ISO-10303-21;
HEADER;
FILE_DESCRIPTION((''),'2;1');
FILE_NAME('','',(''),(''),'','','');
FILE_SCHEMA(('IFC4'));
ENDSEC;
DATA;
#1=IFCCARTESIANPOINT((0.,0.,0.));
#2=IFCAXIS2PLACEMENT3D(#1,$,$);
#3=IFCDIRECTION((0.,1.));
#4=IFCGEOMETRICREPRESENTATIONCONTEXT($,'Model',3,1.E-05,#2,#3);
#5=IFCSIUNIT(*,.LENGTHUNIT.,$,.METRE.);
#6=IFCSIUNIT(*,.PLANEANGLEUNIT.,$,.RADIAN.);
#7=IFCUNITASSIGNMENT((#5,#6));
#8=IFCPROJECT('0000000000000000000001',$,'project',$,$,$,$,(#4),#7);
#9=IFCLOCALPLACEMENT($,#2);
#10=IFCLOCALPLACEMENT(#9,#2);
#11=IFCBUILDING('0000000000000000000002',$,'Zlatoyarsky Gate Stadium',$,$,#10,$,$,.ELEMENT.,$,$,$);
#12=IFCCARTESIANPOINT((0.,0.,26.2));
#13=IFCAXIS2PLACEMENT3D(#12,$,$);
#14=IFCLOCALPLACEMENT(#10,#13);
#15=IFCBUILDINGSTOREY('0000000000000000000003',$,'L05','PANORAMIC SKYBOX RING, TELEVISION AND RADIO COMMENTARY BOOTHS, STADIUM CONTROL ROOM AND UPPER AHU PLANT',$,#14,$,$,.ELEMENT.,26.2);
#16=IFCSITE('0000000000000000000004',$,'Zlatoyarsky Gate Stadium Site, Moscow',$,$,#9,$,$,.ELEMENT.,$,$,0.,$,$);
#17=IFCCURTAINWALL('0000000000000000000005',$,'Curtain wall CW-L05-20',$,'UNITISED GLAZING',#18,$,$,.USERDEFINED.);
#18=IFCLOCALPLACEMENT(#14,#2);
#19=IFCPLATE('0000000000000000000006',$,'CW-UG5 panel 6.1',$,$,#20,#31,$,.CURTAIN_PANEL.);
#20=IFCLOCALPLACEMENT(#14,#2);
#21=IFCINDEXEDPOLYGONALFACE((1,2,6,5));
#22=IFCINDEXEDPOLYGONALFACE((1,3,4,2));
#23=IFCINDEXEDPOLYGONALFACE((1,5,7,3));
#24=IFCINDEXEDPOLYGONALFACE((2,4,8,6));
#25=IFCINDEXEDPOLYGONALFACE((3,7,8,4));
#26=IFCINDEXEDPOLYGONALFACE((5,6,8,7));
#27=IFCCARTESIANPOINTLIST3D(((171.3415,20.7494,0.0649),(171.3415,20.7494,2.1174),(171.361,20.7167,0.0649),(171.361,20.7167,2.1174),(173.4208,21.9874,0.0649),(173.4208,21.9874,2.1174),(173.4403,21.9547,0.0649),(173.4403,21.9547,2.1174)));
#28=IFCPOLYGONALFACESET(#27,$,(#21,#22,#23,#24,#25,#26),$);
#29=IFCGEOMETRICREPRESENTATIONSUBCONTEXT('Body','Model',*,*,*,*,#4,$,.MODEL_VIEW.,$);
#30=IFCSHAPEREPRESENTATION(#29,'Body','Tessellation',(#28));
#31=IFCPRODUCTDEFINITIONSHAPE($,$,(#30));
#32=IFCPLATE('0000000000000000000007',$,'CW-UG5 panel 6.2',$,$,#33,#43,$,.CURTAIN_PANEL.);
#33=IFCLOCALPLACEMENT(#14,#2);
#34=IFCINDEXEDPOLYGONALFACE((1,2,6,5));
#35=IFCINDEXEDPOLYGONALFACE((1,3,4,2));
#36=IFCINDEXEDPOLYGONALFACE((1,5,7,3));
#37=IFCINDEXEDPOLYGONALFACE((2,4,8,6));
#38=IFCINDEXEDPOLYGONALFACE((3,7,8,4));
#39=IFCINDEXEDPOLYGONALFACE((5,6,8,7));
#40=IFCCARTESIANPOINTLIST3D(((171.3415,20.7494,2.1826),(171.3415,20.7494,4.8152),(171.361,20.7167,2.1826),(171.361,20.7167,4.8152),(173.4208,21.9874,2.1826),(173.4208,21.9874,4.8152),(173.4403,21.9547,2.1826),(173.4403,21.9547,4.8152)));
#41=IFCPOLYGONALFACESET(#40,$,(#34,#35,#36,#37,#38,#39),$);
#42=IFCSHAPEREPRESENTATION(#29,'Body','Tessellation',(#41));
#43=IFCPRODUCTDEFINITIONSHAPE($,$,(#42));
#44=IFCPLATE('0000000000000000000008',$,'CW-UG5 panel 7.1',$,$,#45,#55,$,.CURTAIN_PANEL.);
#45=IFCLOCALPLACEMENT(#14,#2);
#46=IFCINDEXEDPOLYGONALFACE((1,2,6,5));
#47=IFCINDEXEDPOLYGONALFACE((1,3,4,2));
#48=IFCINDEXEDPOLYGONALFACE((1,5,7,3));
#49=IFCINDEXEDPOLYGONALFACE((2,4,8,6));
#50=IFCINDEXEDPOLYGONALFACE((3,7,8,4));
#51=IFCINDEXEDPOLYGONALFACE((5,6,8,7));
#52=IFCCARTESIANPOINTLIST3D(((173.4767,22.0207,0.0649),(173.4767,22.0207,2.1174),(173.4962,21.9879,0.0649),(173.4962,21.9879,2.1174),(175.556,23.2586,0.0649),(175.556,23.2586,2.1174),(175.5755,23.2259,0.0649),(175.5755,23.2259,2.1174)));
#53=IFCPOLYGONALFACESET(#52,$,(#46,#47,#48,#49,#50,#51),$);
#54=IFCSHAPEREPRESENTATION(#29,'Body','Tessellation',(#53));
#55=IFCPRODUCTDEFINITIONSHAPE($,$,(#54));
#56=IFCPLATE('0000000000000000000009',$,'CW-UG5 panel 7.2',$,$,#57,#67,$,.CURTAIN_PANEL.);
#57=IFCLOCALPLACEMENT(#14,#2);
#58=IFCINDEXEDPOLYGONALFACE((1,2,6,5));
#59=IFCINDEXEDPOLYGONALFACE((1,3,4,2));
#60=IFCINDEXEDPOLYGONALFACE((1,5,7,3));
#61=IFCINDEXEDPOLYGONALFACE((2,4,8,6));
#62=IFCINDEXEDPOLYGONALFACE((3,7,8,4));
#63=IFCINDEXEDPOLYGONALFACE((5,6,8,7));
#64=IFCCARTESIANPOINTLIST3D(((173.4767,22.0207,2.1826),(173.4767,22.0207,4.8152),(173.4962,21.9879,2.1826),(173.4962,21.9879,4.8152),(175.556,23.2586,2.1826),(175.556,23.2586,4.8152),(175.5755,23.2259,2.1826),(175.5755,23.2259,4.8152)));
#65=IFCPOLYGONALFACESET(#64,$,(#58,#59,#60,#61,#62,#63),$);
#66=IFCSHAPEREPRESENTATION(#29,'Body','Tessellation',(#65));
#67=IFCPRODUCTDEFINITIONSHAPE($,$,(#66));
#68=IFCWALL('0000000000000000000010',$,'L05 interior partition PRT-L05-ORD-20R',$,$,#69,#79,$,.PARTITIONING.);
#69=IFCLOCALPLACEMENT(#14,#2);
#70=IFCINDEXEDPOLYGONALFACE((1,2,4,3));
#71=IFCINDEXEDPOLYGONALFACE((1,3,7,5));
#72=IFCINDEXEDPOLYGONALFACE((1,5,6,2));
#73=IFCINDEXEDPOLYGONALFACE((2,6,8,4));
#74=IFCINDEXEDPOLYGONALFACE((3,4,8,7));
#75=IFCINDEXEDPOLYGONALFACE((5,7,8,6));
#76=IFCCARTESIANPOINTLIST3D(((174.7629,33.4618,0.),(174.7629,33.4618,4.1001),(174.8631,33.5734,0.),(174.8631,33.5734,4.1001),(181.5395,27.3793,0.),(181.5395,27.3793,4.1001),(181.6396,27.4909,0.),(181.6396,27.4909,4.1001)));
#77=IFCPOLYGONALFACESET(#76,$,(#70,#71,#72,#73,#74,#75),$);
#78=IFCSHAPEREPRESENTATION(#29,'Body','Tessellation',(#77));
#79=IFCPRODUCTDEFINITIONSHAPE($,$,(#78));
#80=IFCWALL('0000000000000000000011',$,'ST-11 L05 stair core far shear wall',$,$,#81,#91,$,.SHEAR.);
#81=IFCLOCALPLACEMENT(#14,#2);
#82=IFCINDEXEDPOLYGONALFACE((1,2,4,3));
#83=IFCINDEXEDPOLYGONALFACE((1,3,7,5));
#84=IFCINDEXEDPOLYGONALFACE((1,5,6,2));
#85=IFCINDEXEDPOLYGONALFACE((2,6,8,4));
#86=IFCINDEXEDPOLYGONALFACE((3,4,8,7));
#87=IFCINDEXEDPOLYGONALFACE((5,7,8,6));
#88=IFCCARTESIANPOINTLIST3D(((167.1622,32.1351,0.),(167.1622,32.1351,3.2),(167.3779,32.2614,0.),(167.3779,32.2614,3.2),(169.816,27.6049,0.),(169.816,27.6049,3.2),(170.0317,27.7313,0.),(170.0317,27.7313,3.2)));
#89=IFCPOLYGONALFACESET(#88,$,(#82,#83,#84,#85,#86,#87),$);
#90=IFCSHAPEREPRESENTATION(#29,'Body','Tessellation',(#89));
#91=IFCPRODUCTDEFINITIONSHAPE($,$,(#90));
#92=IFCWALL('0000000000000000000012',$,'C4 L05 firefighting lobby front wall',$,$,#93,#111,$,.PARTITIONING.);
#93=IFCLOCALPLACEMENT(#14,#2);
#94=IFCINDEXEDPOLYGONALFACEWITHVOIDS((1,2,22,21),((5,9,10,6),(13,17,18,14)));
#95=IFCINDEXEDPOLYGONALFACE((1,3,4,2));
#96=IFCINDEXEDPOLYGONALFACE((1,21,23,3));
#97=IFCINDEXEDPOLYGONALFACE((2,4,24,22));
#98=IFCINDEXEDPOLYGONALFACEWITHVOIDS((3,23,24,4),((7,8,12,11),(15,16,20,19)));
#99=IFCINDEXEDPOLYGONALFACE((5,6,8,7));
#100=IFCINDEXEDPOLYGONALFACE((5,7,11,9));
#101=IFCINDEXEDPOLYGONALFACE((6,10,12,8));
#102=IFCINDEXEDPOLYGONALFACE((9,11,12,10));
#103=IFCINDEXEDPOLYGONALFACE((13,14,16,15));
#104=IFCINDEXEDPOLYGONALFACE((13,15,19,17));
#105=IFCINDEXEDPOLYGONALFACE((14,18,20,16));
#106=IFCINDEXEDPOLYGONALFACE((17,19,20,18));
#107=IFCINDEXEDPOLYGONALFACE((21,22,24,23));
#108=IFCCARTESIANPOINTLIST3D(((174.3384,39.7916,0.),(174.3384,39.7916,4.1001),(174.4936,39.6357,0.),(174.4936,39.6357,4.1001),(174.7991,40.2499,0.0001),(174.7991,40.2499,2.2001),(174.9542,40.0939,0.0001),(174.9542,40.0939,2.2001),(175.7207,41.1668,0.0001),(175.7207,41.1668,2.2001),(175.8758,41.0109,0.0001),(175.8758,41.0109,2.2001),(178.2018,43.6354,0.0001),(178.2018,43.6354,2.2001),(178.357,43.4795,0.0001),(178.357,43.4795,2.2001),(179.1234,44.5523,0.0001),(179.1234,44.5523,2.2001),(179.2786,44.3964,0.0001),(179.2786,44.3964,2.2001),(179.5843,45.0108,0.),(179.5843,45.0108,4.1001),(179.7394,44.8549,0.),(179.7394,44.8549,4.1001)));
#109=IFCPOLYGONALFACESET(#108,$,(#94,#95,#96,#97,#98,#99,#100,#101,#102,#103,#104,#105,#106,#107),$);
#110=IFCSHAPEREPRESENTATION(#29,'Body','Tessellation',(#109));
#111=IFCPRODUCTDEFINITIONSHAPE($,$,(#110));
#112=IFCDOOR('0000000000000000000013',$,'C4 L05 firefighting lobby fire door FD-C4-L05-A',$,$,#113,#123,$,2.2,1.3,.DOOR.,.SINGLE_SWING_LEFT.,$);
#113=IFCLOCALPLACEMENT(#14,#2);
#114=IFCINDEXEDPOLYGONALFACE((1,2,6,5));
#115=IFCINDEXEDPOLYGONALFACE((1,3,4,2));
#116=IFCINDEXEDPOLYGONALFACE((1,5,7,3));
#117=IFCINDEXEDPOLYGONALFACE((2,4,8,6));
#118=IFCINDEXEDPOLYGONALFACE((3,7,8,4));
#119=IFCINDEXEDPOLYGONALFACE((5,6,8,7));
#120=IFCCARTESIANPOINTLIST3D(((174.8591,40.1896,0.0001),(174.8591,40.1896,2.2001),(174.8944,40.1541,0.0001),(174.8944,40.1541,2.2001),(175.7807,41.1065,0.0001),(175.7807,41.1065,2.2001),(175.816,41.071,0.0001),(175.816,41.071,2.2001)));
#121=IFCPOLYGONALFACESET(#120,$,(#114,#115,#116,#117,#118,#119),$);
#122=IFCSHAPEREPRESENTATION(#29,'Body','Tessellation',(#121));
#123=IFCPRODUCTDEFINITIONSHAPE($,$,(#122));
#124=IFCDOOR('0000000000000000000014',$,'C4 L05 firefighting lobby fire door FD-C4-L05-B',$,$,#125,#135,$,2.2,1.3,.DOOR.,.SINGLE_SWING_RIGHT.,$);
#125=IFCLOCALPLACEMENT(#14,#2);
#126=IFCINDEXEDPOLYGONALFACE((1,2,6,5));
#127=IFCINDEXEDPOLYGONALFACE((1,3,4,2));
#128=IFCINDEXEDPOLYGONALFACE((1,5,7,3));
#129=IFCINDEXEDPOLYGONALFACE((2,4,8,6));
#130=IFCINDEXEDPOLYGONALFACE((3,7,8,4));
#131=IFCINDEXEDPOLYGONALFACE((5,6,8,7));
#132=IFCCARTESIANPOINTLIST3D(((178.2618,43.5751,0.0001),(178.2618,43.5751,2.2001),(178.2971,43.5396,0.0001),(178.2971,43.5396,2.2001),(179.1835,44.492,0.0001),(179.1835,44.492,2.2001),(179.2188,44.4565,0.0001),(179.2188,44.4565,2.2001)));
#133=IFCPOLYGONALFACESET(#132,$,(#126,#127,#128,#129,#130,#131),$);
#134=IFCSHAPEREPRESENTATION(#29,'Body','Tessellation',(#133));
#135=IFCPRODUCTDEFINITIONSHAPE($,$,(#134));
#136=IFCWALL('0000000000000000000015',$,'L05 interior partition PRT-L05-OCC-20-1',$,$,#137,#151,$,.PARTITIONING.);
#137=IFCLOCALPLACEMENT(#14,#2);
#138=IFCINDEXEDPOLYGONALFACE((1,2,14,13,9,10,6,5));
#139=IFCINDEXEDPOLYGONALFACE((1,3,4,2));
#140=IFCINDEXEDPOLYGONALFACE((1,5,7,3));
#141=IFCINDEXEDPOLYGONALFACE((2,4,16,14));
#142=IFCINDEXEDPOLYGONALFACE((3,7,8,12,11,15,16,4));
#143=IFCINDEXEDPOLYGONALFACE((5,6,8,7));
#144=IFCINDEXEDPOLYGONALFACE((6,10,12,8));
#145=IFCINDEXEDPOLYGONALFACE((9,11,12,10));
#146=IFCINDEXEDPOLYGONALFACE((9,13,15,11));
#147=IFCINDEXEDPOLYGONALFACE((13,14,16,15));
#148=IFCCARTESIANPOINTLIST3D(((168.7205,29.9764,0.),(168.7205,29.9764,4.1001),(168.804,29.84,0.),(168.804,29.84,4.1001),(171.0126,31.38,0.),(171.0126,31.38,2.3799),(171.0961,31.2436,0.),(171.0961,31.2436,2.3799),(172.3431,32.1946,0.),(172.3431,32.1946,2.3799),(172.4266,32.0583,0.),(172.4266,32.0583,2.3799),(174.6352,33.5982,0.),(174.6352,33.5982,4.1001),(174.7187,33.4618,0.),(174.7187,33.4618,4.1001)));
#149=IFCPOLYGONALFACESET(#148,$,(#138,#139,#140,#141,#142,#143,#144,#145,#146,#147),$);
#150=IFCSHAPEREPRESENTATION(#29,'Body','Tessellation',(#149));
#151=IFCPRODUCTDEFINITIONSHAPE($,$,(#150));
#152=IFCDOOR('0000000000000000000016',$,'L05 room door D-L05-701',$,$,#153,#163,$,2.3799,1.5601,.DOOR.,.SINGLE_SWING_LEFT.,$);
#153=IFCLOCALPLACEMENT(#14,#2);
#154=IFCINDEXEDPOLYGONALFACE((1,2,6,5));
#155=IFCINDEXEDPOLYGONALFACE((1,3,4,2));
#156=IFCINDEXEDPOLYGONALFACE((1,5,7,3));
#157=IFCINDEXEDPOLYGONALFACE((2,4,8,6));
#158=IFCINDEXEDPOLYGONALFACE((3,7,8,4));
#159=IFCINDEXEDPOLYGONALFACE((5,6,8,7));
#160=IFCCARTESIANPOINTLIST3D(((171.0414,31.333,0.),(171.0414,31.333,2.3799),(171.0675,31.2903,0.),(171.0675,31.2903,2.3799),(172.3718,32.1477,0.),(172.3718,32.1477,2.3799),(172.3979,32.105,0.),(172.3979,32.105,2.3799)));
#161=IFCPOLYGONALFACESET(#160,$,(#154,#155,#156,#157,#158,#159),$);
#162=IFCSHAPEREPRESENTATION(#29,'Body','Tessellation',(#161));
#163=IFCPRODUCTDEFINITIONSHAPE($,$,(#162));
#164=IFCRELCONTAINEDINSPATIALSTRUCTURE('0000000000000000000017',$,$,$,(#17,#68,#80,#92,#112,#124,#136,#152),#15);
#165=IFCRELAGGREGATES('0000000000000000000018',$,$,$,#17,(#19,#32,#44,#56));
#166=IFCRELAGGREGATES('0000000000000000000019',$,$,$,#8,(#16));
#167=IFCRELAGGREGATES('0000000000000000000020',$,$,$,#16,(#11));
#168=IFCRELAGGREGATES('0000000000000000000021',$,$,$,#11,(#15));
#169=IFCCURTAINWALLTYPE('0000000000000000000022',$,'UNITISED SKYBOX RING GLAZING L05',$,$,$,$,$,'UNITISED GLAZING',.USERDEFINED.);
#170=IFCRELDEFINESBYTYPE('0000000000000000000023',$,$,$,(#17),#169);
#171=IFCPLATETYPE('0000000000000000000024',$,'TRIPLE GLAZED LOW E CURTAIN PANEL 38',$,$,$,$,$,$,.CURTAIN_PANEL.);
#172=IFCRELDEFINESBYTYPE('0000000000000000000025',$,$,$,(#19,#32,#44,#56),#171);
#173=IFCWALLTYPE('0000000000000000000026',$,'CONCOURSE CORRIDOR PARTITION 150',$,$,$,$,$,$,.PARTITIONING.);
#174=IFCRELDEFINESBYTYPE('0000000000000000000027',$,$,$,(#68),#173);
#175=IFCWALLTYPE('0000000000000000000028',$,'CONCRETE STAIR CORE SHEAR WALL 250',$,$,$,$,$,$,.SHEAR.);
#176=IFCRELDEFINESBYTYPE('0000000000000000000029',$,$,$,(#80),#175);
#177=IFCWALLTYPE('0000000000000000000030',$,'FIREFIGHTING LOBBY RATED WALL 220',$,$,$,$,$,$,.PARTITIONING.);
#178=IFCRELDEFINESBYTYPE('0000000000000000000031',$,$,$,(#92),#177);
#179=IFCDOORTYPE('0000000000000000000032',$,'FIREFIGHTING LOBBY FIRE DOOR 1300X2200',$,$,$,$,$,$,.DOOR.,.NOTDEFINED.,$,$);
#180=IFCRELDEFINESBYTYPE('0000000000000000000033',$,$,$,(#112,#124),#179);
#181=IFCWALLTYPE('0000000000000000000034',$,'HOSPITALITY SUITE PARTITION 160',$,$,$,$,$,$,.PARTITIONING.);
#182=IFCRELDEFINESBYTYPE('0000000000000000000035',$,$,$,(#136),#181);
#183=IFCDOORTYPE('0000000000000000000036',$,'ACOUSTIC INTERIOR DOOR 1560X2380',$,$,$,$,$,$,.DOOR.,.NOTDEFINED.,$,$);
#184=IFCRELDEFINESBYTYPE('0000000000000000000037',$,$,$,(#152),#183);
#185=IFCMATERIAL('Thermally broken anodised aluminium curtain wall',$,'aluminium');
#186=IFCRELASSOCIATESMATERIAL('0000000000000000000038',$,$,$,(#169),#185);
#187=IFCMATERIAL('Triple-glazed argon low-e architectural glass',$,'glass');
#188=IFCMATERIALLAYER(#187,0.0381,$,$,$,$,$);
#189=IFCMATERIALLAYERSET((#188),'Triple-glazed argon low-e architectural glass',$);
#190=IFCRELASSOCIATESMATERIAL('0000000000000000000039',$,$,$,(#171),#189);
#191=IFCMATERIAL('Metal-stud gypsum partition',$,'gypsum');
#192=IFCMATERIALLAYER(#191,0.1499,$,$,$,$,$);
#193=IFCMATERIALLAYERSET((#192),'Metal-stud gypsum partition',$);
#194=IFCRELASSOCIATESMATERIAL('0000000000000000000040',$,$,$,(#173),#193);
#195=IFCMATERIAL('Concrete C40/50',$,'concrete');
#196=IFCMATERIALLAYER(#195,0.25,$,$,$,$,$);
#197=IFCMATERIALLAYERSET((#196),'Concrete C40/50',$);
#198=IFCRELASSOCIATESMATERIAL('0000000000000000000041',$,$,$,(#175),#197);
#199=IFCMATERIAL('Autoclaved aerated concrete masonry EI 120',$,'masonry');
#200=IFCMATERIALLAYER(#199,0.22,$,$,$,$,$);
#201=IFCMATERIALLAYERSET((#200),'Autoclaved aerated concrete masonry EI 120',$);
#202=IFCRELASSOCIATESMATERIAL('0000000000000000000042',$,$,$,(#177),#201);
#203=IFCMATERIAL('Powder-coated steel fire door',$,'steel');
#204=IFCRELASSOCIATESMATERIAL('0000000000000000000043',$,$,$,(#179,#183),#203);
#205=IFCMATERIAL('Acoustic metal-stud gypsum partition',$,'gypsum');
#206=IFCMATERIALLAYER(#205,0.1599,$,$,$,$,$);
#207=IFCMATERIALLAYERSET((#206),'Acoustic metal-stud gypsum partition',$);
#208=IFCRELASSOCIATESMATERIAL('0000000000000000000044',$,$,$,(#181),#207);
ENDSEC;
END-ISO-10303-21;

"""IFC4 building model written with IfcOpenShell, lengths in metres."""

from ifc_helpers import new_model, si_unit, direction, frame, frame_2d, origin, origin_2d, place, context, subcontext, project, spatial, rectangle, extrude, material, layer, layer_set, type_object, element, fill, aggregate, save


model = new_model("IFC4")

# Units and contexts
model_context = context("Model", 3, precision=1e-05, world=origin(), true_north=direction((0.0, 1.0)))
body_context = subcontext(model_context, "Body", "Model", "MODEL_VIEW")
ifc_project = project(units=[si_unit("LENGTHUNIT", "METRE"), si_unit("PLANEANGLEUNIT", "RADIAN")], contexts=[model_context])

# Site, building, storey
site_placement = place(None, origin())
site = spatial("IfcSite", under=ifc_project, at=site_placement, Name="Zlatoyarsky Gate Stadium Site, Moscow", CompositionType="ELEMENT", RefElevation=0.0)
building_placement = place(site_placement, origin())
building = spatial("IfcBuilding", under=site, at=building_placement, Name="Zlatoyarsky Gate Stadium", CompositionType="ELEMENT")
storey_placement = place(building_placement, frame((0.0, 0.0, 26.2)))
storey = spatial("IfcBuildingStorey", under=building, at=storey_placement, Name="L05", Description="PANORAMIC SKYBOX RING, TELEVISION AND RADIO COMMENTARY BOOTHS, STADIUM CONTROL ROOM AND UPPER AHU PLANT", CompositionType="ELEMENT", Elevation=26.2)

# Curtain wall
ifc_material_1 = material(Name="Thermally broken anodised aluminium curtain wall", Category="aluminium")
curtain_wall_type = type_object("IfcCurtainWallType", Name="UNITISED SKYBOX RING GLAZING L05", ElementType="UNITISED GLAZING", PredefinedType="USERDEFINED", material=ifc_material_1)
curtain_wall_placement = place(storey_placement, origin())
curtain_wall = element("IfcCurtainWall", 1, at=curtain_wall_placement, inside=storey, type_object=curtain_wall_type, Name="Curtain wall CW-L05-20", ObjectType="UNITISED GLAZING", PredefinedType="USERDEFINED")

# Plates
ifc_material_2 = material(Name="Triple-glazed argon low-e architectural glass", Category="glass")
ifc_layer_1 = layer(ifc_material_2, 0.0381)
ifc_layer_set_1 = layer_set([ifc_layer_1], Name="Triple-glazed argon low-e architectural glass")
plate_type_1 = type_object("IfcPlateType", Name="TRIPLE GLAZED LOW E CURTAIN PANEL 38", PredefinedType="CURTAIN_PANEL", material=ifc_layer_set_1)
plate_1_placement = place(storey_placement, frame((172.3909, 21.3521, 0.0649), z_axis=(0.0, 0.0, 1.0), x_axis=(0.859237, 0.511577, 0.0)))
plate_1 = element("IfcPlate", 2, at=plate_1_placement, type_object=plate_type_1, Name="CW-UG5 panel 6.1", PredefinedType="CURTAIN_PANEL", context=body_context, shape_type="SweptSolid", body=[
    extrude(rectangle(XDim=2.4199, YDim=0.0381, at=origin_2d()), origin(), (0.0, 0.0, 1.0), 2.0525),
])
plate_2_placement = place(storey_placement, frame((172.3909, 21.3521, 2.1826), z_axis=(0.0, 0.0, 1.0), x_axis=(0.859237, 0.511577, 0.0)))
plate_2 = element("IfcPlate", 3, at=plate_2_placement, type_object=plate_type_1, Name="CW-UG5 panel 6.2", PredefinedType="CURTAIN_PANEL", context=body_context, shape_type="SweptSolid", body=[
    extrude(rectangle(XDim=2.4199, YDim=0.0381, at=origin_2d()), origin(), (0.0, 0.0, 1.0), 2.6326),
])
plate_3_placement = place(storey_placement, frame((174.5261, 22.6233, 0.0649), z_axis=(0.0, 0.0, 1.0), x_axis=(0.859237, 0.511577, 0.0)))
plate_3 = element("IfcPlate", 4, at=plate_3_placement, type_object=plate_type_1, Name="CW-UG5 panel 7.1", PredefinedType="CURTAIN_PANEL", context=body_context, shape_type="SweptSolid", body=[
    extrude(rectangle(XDim=2.4199, YDim=0.0381, at=origin_2d()), origin(), (0.0, 0.0, 1.0), 2.0525),
])
plate_4_placement = place(storey_placement, frame((174.5261, 22.6233, 2.1826), z_axis=(0.0, 0.0, 1.0), x_axis=(0.859237, 0.511577, 0.0)))
plate_4 = element("IfcPlate", 5, at=plate_4_placement, type_object=plate_type_1, Name="CW-UG5 panel 7.2", PredefinedType="CURTAIN_PANEL", context=body_context, shape_type="SweptSolid", body=[
    extrude(rectangle(XDim=2.4199, YDim=0.0381, at=origin_2d()), origin(), (0.0, 0.0, 1.0), 2.6326),
])
aggregate(curtain_wall, [plate_1, plate_2, plate_3, plate_4])

# Walls
ifc_material_3 = material(Name="Metal-stud gypsum partition", Category="gypsum")
ifc_layer_2 = layer(ifc_material_3, 0.1499)
ifc_layer_set_2 = layer_set([ifc_layer_2], Name="Metal-stud gypsum partition")
wall_type_1 = type_object("IfcWallType", Name="CONCOURSE CORRIDOR PARTITION 150", PredefinedType="PARTITIONING", material=ifc_layer_set_2)
wall_1_placement = place(storey_placement, frame((174.813, 33.5176, 0.0), z_axis=(0.0, 0.0, 1.0), x_axis=(0.744191, -0.667967, 0.0)))
element("IfcWall", 6, at=wall_1_placement, inside=storey, type_object=wall_type_1, Name="L05 interior partition PRT-L05-ORD-20R", PredefinedType="PARTITIONING", context=body_context, shape_type="SweptSolid", body=[
    extrude(rectangle(XDim=9.106, YDim=0.1499, at=frame_2d((4.553, 0.0))), origin(), (0.0, 0.0, 1.0), 4.1001),
])
ifc_material_4 = material(Name="Concrete C40/50", Category="concrete")
ifc_layer_3 = layer(ifc_material_4, 0.25)
ifc_layer_set_3 = layer_set([ifc_layer_3], Name="Concrete C40/50")
wall_type_2 = type_object("IfcWallType", Name="CONCRETE STAIR CORE SHEAR WALL 250", PredefinedType="SHEAR", material=ifc_layer_set_3)
wall_2_placement = place(storey_placement, frame((169.9238, 27.6682, 0.0), z_axis=(0.0, 0.0, 1.0), x_axis=(-0.505475, 0.862841, 0.0)))
element("IfcWall", 7, at=wall_2_placement, inside=storey, type_object=wall_type_2, Name="ST-11 L05 stair core far shear wall", PredefinedType="SHEAR", context=body_context, shape_type="SweptSolid", body=[
    extrude(rectangle(XDim=5.2502, YDim=0.25, at=frame_2d((2.625, 0.0))), origin(), (0.0, 0.0, 1.0), 3.2),
])

# Wall, openings, doors
ifc_material_5 = material(Name="Autoclaved aerated concrete masonry EI 120", Category="masonry")
ifc_layer_4 = layer(ifc_material_5, 0.22)
ifc_layer_set_4 = layer_set([ifc_layer_4], Name="Autoclaved aerated concrete masonry EI 120")
wall_type_3 = type_object("IfcWallType", Name="FIREFIGHTING LOBBY RATED WALL 220", PredefinedType="PARTITIONING", material=ifc_layer_set_4)
wall_3_placement = place(storey_placement, frame((174.416, 39.7136, 0.0), z_axis=(0.0, 0.0, 1.0), x_axis=(0.708903, 0.705306, 0.0)))
wall_3 = element("IfcWall", 8, at=wall_3_placement, inside=storey, type_object=wall_type_3, Name="C4 L05 firefighting lobby front wall", PredefinedType="PARTITIONING", context=body_context, shape_type="SweptSolid", body=[
    extrude(rectangle(XDim=7.3999, YDim=0.22, at=frame_2d((3.7, 0.0))), origin(), (0.0, 0.0, 1.0), 4.1001),
])
opening_1_placement = place(wall_3_placement, frame((0.6499, 0.0, 0.0)))
opening_1 = element("IfcOpeningElement", 9, at=opening_1_placement, cuts=wall_3, PredefinedType="OPENING", context=body_context, shape_type="SweptSolid", body=[
    extrude(rectangle(XDim=1.3, YDim=2.2, at=frame_2d((0.6499, 1.1001))), frame((0.0, 0.1199, 0.0), z_axis=(0.0, -1.0, 0.0), x_axis=(1.0, 0.0, 0.0)), (0.0, 0.0, 1.0), 0.24),
])
opening_2_placement = place(wall_3_placement, frame((5.45, 0.0, 0.0)))
opening_2 = element("IfcOpeningElement", 10, at=opening_2_placement, cuts=wall_3, PredefinedType="OPENING", context=body_context, shape_type="SweptSolid", body=[
    extrude(rectangle(XDim=1.3, YDim=2.2, at=frame_2d((0.6499, 1.1001))), frame((0.0, 0.1199, 0.0), z_axis=(0.0, -1.0, 0.0), x_axis=(1.0, 0.0, 0.0)), (0.0, 0.0, 1.0), 0.24),
])
ifc_material_6 = material(Name="Powder-coated steel fire door", Category="steel")
door_type_1 = type_object("IfcDoorType", Name="FIREFIGHTING LOBBY FIRE DOOR 1300X2200", OperationType="NOTDEFINED", PredefinedType="DOOR", material=ifc_material_6)
door_1_placement = place(opening_1_placement, origin())
door_1 = element("IfcDoor", 11, at=door_1_placement, inside=storey, type_object=door_type_1, Name="C4 L05 firefighting lobby fire door FD-C4-L05-A", OperationType="SINGLE_SWING_LEFT", OverallHeight=2.2, OverallWidth=1.3, PredefinedType="DOOR", context=body_context, shape_type="SweptSolid", body=[
    extrude(rectangle(XDim=1.3, YDim=2.2, at=frame_2d((0.6499, 1.1001))), frame((0.0, 0.0249, 0.0), z_axis=(0.0, -1.0, 0.0), x_axis=(1.0, 0.0, 0.0)), (0.0, 0.0, 1.0), 0.05),
])
fill(opening_1, door_1)
door_2_placement = place(opening_2_placement, origin())
door_2 = element("IfcDoor", 12, at=door_2_placement, inside=storey, type_object=door_type_1, Name="C4 L05 firefighting lobby fire door FD-C4-L05-B", OperationType="SINGLE_SWING_RIGHT", OverallHeight=2.2, OverallWidth=1.3, PredefinedType="DOOR", context=body_context, shape_type="SweptSolid", body=[
    extrude(rectangle(XDim=1.3, YDim=2.2, at=frame_2d((0.6499, 1.1001))), frame((0.0, 0.0249, 0.0), z_axis=(0.0, -1.0, 0.0), x_axis=(1.0, 0.0, 0.0)), (0.0, 0.0, 1.0), 0.05),
])
fill(opening_2, door_2)

# Wall, opening, door
ifc_material_7 = material(Name="Acoustic metal-stud gypsum partition", Category="gypsum")
ifc_layer_5 = layer(ifc_material_7, 0.1599)
ifc_layer_set_5 = layer_set([ifc_layer_5], Name="Acoustic metal-stud gypsum partition")
wall_type_4 = type_object("IfcWallType", Name="HOSPITALITY SUITE PARTITION 160", PredefinedType="PARTITIONING", material=ifc_layer_set_5)
wall_4_placement = place(storey_placement, frame((168.7622, 29.9082, 0.0), z_axis=(0.0, 0.0, 1.0), x_axis=(0.852818, 0.522209, 0.0)))
wall_4 = element("IfcWall", 13, at=wall_4_placement, inside=storey, type_object=wall_type_4, Name="L05 interior partition PRT-L05-OCC-20-1", PredefinedType="PARTITIONING", context=body_context, shape_type="SweptSolid", body=[
    extrude(rectangle(XDim=6.9355, YDim=0.1599, at=frame_2d((3.4678, 0.0))), origin(), (0.0, 0.0, 1.0), 4.1001),
])
opening_3_placement = place(wall_4_placement, frame((2.6877, 0.0, 0.0)))
opening_3 = element("IfcOpeningElement", 14, at=opening_3_placement, cuts=wall_4, PredefinedType="OPENING", context=body_context, shape_type="SweptSolid", body=[
    extrude(rectangle(XDim=1.5601, YDim=2.3799, at=frame_2d((0.78, 1.1899))), frame((0.0, 0.0898, 0.0), z_axis=(0.0, -1.0, 0.0), x_axis=(1.0, 0.0, 0.0)), (0.0, 0.0, 1.0), 0.1799),
])
door_type_2 = type_object("IfcDoorType", Name="ACOUSTIC INTERIOR DOOR 1560X2380", OperationType="NOTDEFINED", PredefinedType="DOOR", material=ifc_material_6)
door_3_placement = place(opening_3_placement, origin())
door_3 = element("IfcDoor", 15, at=door_3_placement, inside=storey, type_object=door_type_2, Name="L05 room door D-L05-701", OperationType="SINGLE_SWING_LEFT", OverallHeight=2.3799, OverallWidth=1.5601, PredefinedType="DOOR", context=body_context, shape_type="SweptSolid", body=[
    extrude(rectangle(XDim=1.5601, YDim=2.3799, at=frame_2d((0.78, 1.1899))), frame((0.0, 0.0249, 0.0), z_axis=(0.0, -1.0, 0.0), x_axis=(1.0, 0.0, 0.0)), (0.0, 0.0, 1.0), 0.05),
])
fill(opening_3, door_3)

save(model, "model.ifc")
